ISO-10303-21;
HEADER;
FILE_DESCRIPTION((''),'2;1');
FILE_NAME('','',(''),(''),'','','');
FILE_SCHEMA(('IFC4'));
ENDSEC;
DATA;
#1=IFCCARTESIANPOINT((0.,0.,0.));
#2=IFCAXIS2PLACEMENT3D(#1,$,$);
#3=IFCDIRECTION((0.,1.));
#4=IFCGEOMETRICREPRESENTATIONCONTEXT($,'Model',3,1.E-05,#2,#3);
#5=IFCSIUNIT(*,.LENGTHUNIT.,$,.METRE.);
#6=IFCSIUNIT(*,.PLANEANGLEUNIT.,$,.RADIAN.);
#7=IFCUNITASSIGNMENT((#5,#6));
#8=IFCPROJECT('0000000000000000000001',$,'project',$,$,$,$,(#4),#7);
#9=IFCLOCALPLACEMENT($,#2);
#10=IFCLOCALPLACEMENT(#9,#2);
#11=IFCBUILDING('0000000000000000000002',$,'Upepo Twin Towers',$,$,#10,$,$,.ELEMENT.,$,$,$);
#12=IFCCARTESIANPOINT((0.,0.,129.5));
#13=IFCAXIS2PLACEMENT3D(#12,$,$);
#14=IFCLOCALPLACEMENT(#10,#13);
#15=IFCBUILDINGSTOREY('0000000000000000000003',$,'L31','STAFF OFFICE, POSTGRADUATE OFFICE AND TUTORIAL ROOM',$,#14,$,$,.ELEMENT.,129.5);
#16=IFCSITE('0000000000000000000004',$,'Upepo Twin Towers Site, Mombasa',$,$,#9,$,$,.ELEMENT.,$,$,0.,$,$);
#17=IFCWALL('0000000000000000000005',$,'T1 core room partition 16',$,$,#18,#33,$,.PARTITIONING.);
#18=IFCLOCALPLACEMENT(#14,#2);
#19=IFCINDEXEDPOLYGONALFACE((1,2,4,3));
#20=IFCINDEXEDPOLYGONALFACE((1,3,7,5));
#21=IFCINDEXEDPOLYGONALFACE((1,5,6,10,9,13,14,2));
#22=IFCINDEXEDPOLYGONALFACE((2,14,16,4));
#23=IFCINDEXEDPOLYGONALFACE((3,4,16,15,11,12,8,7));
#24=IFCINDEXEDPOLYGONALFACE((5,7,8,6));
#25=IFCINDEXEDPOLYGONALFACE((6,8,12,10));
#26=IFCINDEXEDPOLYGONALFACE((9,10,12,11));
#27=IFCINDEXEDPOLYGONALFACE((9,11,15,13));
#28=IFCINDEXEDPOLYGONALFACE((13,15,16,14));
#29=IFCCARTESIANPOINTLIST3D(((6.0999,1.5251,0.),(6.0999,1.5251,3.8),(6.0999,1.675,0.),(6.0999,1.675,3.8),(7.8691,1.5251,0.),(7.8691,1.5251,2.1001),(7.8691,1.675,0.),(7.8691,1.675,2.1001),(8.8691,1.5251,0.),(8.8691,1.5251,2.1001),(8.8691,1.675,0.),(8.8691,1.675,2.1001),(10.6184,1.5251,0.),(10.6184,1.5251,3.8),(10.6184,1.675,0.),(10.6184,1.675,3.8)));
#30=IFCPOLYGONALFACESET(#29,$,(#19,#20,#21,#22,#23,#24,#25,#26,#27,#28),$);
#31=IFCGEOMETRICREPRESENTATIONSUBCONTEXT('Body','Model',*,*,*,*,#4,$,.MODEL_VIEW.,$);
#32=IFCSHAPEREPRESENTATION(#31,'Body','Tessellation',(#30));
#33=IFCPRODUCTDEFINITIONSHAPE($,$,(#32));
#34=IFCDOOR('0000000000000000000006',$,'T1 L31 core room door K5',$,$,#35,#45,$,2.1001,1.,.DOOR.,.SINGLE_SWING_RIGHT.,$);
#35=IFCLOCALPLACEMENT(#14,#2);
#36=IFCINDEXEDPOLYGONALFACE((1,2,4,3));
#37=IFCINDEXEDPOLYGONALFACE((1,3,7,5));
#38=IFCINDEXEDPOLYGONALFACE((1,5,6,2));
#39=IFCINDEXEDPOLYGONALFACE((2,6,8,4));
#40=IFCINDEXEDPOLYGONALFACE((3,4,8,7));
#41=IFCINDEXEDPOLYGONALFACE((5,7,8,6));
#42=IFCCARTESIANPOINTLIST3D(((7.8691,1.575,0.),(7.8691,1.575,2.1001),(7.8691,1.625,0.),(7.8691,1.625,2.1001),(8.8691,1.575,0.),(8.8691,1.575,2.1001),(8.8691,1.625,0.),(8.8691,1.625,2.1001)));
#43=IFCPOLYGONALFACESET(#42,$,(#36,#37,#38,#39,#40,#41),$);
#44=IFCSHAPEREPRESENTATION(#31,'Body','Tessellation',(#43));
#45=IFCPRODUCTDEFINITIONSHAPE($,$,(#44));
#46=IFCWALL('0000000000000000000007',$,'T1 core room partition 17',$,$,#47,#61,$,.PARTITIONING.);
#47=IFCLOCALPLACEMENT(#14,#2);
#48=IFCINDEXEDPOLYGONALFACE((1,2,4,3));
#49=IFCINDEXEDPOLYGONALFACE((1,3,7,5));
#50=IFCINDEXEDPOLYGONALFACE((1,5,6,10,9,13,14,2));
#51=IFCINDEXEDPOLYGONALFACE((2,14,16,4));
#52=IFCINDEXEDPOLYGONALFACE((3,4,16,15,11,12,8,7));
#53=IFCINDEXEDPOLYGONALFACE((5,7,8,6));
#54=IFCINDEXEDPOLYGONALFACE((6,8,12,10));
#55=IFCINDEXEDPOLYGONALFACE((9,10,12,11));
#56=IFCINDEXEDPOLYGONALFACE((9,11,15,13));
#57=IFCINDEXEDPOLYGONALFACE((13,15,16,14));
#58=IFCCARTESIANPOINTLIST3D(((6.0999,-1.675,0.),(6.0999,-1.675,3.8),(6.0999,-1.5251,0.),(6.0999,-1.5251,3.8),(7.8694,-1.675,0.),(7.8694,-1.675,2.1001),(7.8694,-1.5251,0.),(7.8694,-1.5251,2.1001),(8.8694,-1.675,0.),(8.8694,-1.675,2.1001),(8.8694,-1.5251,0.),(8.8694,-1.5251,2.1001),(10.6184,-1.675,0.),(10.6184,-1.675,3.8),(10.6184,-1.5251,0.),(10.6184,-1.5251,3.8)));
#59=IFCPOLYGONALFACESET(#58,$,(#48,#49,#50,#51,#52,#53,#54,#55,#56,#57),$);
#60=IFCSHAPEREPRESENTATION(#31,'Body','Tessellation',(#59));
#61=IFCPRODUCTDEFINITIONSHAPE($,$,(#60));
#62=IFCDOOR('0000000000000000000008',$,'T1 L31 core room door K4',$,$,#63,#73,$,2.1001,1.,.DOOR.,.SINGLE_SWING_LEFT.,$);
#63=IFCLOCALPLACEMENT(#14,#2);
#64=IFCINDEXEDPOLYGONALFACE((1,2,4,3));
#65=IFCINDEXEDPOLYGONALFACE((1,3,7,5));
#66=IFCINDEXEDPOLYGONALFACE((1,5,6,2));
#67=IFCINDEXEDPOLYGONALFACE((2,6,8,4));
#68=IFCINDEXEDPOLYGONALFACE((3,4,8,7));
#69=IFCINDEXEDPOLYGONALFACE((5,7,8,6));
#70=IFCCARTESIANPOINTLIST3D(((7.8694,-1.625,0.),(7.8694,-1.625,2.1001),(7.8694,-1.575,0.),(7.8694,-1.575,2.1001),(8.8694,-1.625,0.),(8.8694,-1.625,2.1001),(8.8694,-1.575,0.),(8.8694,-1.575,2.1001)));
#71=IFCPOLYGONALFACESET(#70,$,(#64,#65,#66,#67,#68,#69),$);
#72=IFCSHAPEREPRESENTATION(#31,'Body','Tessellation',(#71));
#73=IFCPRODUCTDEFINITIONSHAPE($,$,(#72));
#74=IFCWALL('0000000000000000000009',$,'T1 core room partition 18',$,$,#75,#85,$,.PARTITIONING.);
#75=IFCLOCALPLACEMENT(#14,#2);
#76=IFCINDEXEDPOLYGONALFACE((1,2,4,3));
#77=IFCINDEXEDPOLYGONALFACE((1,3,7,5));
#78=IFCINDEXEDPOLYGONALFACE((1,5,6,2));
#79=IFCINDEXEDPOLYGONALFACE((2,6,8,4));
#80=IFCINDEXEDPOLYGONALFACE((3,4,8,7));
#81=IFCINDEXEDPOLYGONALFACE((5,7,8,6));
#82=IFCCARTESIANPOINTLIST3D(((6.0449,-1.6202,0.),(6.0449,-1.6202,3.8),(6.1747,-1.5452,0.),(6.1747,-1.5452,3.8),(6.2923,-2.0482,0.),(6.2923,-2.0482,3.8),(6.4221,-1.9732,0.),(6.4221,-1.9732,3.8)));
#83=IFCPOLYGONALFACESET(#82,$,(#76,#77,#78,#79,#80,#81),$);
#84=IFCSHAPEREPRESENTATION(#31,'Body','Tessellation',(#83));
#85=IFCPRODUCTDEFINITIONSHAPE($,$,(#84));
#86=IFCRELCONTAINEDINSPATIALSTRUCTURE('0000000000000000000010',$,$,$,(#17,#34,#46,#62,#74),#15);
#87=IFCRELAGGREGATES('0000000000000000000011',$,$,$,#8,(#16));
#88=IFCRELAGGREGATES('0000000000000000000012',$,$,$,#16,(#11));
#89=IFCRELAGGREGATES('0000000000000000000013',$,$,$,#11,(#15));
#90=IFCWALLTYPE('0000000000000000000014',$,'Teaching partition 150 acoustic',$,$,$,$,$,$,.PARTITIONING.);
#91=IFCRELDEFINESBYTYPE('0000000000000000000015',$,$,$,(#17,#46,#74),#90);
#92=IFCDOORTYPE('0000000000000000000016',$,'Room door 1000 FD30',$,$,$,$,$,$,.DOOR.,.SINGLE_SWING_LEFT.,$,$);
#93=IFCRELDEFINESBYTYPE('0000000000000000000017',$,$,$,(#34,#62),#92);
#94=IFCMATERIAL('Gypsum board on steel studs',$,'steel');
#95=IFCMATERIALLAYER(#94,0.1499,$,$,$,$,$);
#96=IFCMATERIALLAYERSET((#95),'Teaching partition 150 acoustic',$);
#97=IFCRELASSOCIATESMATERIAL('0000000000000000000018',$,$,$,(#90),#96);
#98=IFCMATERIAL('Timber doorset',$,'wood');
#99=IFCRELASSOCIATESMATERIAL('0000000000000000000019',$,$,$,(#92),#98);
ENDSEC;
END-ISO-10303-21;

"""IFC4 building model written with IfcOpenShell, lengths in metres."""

from ifc_helpers import new_model, si_unit, direction, frame, frame_2d, origin, place, context, subcontext, project, spatial, rectangle, extrude, material, layer, layer_set, type_object, element, fill, save


model = new_model("IFC4")

# Units and contexts
model_context = context("Model", 3, precision=1e-05, world=origin(), true_north=direction((0.0, 1.0)))
body_context = subcontext(model_context, "Body", "Model", "MODEL_VIEW")
ifc_project = project(units=[si_unit("LENGTHUNIT", "METRE"), si_unit("PLANEANGLEUNIT", "RADIAN")], contexts=[model_context])

# Site, building, storey
site_placement = place(None, origin())
site = spatial("IfcSite", under=ifc_project, at=site_placement, Name="Upepo Twin Towers Site, Mombasa", CompositionType="ELEMENT", RefElevation=0.0)
building_placement = place(site_placement, origin())
building = spatial("IfcBuilding", under=site, at=building_placement, Name="Upepo Twin Towers", CompositionType="ELEMENT")
storey_placement = place(building_placement, frame((0.0, 0.0, 129.5)))
storey = spatial("IfcBuildingStorey", under=building, at=storey_placement, Name="L31", Description="STAFF OFFICE, POSTGRADUATE OFFICE AND TUTORIAL ROOM", CompositionType="ELEMENT", Elevation=129.5)

# Shared definitions
ifc_material_1 = material(Name="Gypsum board on steel studs", Category="steel")
ifc_layer_1 = layer(ifc_material_1, 0.1499)
ifc_layer_set_1 = layer_set([ifc_layer_1], Name="Teaching partition 150 acoustic")
wall_type_1 = type_object("IfcWallType", Name="Teaching partition 150 acoustic", PredefinedType="PARTITIONING", material=ifc_layer_set_1)

# Walls, openings, doors
wall_1_placement = place(storey_placement, frame((6.0999, 1.6001, 0.0), z_axis=(0.0, 0.0, 1.0), x_axis=(1.0, 0.0, 0.0)))
wall_1 = element("IfcWall", 1, at=wall_1_placement, inside=storey, type_object=wall_type_1, Name="T1 core room partition 16", PredefinedType="PARTITIONING", context=body_context, shape_type="SweptSolid", body=[
    extrude(rectangle(XDim=4.5186, YDim=0.1499, at=frame_2d((2.2593, 0.0))), origin(), (0.0, 0.0, 1.0), 3.8),
])
opening_1_placement = place(wall_1_placement, frame((1.7693, 0.0, 0.0)))
opening_1 = element("IfcOpeningElement", 2, at=opening_1_placement, cuts=wall_1, PredefinedType="OPENING", context=body_context, shape_type="SweptSolid", body=[
    extrude(rectangle(XDim=1.0, YDim=2.1001, at=frame_2d((0.5, 1.05))), frame((0.0, 0.085, 0.0), z_axis=(0.0, -1.0, 0.0), x_axis=(1.0, 0.0, 0.0)), (0.0, 0.0, 1.0), 0.1699),
])
ifc_material_2 = material(Name="Timber doorset", Category="wood")
door_type_1 = type_object("IfcDoorType", Name="Room door 1000 FD30", OperationType="SINGLE_SWING_LEFT", PredefinedType="DOOR", material=ifc_material_2)
door_1_placement = place(opening_1_placement, origin())
door_1 = element("IfcDoor", 3, at=door_1_placement, inside=storey, type_object=door_type_1, Name="T1 L31 core room door K5", OperationType="SINGLE_SWING_RIGHT", OverallHeight=2.1001, OverallWidth=1.0, PredefinedType="DOOR", context=body_context, shape_type="SweptSolid", body=[
    extrude(rectangle(XDim=1.0, YDim=2.1001, at=frame_2d((0.5, 1.05))), frame((0.0, 0.0249, 0.0), z_axis=(0.0, -1.0, 0.0), x_axis=(1.0, 0.0, 0.0)), (0.0, 0.0, 1.0), 0.05),
])
fill(opening_1, door_1)
wall_2_placement = place(storey_placement, frame((10.6184, -1.6001, 0.0), z_axis=(0.0, 0.0, 1.0), x_axis=(-1.0, 0.0, 0.0)))
wall_2 = element("IfcWall", 4, at=wall_2_placement, inside=storey, type_object=wall_type_1, Name="T1 core room partition 17", PredefinedType="PARTITIONING", context=body_context, shape_type="SweptSolid", body=[
    extrude(rectangle(XDim=4.5186, YDim=0.1499, at=frame_2d((2.2593, 0.0))), origin(), (0.0, 0.0, 1.0), 3.8),
])
opening_2_placement = place(wall_2_placement, frame((1.749, 0.0, 0.0)))
opening_2 = element("IfcOpeningElement", 5, at=opening_2_placement, cuts=wall_2, PredefinedType="OPENING", context=body_context, shape_type="SweptSolid", body=[
    extrude(rectangle(XDim=1.0, YDim=2.1001, at=frame_2d((0.5, 1.05))), frame((0.0, 0.085, 0.0), z_axis=(0.0, -1.0, 0.0), x_axis=(1.0, 0.0, 0.0)), (0.0, 0.0, 1.0), 0.1699),
])
door_2_placement = place(opening_2_placement, origin())
door_2 = element("IfcDoor", 6, at=door_2_placement, inside=storey, type_object=door_type_1, Name="T1 L31 core room door K4", OperationType="SINGLE_SWING_LEFT", OverallHeight=2.1001, OverallWidth=1.0, PredefinedType="DOOR", context=body_context, shape_type="SweptSolid", body=[
    extrude(rectangle(XDim=1.0, YDim=2.1001, at=frame_2d((0.5, 1.05))), frame((0.0, 0.0249, 0.0), z_axis=(0.0, -1.0, 0.0), x_axis=(1.0, 0.0, 0.0)), (0.0, 0.0, 1.0), 0.05),
])
fill(opening_2, door_2)

# Wall
wall_3_placement = place(storey_placement, frame((6.1099, -1.5828, 0.0), z_axis=(0.0, 0.0, 1.0), x_axis=(0.500335, -0.865832, 0.0)))
element("IfcWall", 7, at=wall_3_placement, inside=storey, type_object=wall_type_1, Name="T1 core room partition 18", PredefinedType="PARTITIONING", context=body_context, shape_type="SweptSolid", body=[
    extrude(rectangle(XDim=0.4944, YDim=0.1499, at=frame_2d((0.2471, 0.0))), origin(), (0.0, 0.0, 1.0), 3.8),
])

save(model, "model.ifc")
